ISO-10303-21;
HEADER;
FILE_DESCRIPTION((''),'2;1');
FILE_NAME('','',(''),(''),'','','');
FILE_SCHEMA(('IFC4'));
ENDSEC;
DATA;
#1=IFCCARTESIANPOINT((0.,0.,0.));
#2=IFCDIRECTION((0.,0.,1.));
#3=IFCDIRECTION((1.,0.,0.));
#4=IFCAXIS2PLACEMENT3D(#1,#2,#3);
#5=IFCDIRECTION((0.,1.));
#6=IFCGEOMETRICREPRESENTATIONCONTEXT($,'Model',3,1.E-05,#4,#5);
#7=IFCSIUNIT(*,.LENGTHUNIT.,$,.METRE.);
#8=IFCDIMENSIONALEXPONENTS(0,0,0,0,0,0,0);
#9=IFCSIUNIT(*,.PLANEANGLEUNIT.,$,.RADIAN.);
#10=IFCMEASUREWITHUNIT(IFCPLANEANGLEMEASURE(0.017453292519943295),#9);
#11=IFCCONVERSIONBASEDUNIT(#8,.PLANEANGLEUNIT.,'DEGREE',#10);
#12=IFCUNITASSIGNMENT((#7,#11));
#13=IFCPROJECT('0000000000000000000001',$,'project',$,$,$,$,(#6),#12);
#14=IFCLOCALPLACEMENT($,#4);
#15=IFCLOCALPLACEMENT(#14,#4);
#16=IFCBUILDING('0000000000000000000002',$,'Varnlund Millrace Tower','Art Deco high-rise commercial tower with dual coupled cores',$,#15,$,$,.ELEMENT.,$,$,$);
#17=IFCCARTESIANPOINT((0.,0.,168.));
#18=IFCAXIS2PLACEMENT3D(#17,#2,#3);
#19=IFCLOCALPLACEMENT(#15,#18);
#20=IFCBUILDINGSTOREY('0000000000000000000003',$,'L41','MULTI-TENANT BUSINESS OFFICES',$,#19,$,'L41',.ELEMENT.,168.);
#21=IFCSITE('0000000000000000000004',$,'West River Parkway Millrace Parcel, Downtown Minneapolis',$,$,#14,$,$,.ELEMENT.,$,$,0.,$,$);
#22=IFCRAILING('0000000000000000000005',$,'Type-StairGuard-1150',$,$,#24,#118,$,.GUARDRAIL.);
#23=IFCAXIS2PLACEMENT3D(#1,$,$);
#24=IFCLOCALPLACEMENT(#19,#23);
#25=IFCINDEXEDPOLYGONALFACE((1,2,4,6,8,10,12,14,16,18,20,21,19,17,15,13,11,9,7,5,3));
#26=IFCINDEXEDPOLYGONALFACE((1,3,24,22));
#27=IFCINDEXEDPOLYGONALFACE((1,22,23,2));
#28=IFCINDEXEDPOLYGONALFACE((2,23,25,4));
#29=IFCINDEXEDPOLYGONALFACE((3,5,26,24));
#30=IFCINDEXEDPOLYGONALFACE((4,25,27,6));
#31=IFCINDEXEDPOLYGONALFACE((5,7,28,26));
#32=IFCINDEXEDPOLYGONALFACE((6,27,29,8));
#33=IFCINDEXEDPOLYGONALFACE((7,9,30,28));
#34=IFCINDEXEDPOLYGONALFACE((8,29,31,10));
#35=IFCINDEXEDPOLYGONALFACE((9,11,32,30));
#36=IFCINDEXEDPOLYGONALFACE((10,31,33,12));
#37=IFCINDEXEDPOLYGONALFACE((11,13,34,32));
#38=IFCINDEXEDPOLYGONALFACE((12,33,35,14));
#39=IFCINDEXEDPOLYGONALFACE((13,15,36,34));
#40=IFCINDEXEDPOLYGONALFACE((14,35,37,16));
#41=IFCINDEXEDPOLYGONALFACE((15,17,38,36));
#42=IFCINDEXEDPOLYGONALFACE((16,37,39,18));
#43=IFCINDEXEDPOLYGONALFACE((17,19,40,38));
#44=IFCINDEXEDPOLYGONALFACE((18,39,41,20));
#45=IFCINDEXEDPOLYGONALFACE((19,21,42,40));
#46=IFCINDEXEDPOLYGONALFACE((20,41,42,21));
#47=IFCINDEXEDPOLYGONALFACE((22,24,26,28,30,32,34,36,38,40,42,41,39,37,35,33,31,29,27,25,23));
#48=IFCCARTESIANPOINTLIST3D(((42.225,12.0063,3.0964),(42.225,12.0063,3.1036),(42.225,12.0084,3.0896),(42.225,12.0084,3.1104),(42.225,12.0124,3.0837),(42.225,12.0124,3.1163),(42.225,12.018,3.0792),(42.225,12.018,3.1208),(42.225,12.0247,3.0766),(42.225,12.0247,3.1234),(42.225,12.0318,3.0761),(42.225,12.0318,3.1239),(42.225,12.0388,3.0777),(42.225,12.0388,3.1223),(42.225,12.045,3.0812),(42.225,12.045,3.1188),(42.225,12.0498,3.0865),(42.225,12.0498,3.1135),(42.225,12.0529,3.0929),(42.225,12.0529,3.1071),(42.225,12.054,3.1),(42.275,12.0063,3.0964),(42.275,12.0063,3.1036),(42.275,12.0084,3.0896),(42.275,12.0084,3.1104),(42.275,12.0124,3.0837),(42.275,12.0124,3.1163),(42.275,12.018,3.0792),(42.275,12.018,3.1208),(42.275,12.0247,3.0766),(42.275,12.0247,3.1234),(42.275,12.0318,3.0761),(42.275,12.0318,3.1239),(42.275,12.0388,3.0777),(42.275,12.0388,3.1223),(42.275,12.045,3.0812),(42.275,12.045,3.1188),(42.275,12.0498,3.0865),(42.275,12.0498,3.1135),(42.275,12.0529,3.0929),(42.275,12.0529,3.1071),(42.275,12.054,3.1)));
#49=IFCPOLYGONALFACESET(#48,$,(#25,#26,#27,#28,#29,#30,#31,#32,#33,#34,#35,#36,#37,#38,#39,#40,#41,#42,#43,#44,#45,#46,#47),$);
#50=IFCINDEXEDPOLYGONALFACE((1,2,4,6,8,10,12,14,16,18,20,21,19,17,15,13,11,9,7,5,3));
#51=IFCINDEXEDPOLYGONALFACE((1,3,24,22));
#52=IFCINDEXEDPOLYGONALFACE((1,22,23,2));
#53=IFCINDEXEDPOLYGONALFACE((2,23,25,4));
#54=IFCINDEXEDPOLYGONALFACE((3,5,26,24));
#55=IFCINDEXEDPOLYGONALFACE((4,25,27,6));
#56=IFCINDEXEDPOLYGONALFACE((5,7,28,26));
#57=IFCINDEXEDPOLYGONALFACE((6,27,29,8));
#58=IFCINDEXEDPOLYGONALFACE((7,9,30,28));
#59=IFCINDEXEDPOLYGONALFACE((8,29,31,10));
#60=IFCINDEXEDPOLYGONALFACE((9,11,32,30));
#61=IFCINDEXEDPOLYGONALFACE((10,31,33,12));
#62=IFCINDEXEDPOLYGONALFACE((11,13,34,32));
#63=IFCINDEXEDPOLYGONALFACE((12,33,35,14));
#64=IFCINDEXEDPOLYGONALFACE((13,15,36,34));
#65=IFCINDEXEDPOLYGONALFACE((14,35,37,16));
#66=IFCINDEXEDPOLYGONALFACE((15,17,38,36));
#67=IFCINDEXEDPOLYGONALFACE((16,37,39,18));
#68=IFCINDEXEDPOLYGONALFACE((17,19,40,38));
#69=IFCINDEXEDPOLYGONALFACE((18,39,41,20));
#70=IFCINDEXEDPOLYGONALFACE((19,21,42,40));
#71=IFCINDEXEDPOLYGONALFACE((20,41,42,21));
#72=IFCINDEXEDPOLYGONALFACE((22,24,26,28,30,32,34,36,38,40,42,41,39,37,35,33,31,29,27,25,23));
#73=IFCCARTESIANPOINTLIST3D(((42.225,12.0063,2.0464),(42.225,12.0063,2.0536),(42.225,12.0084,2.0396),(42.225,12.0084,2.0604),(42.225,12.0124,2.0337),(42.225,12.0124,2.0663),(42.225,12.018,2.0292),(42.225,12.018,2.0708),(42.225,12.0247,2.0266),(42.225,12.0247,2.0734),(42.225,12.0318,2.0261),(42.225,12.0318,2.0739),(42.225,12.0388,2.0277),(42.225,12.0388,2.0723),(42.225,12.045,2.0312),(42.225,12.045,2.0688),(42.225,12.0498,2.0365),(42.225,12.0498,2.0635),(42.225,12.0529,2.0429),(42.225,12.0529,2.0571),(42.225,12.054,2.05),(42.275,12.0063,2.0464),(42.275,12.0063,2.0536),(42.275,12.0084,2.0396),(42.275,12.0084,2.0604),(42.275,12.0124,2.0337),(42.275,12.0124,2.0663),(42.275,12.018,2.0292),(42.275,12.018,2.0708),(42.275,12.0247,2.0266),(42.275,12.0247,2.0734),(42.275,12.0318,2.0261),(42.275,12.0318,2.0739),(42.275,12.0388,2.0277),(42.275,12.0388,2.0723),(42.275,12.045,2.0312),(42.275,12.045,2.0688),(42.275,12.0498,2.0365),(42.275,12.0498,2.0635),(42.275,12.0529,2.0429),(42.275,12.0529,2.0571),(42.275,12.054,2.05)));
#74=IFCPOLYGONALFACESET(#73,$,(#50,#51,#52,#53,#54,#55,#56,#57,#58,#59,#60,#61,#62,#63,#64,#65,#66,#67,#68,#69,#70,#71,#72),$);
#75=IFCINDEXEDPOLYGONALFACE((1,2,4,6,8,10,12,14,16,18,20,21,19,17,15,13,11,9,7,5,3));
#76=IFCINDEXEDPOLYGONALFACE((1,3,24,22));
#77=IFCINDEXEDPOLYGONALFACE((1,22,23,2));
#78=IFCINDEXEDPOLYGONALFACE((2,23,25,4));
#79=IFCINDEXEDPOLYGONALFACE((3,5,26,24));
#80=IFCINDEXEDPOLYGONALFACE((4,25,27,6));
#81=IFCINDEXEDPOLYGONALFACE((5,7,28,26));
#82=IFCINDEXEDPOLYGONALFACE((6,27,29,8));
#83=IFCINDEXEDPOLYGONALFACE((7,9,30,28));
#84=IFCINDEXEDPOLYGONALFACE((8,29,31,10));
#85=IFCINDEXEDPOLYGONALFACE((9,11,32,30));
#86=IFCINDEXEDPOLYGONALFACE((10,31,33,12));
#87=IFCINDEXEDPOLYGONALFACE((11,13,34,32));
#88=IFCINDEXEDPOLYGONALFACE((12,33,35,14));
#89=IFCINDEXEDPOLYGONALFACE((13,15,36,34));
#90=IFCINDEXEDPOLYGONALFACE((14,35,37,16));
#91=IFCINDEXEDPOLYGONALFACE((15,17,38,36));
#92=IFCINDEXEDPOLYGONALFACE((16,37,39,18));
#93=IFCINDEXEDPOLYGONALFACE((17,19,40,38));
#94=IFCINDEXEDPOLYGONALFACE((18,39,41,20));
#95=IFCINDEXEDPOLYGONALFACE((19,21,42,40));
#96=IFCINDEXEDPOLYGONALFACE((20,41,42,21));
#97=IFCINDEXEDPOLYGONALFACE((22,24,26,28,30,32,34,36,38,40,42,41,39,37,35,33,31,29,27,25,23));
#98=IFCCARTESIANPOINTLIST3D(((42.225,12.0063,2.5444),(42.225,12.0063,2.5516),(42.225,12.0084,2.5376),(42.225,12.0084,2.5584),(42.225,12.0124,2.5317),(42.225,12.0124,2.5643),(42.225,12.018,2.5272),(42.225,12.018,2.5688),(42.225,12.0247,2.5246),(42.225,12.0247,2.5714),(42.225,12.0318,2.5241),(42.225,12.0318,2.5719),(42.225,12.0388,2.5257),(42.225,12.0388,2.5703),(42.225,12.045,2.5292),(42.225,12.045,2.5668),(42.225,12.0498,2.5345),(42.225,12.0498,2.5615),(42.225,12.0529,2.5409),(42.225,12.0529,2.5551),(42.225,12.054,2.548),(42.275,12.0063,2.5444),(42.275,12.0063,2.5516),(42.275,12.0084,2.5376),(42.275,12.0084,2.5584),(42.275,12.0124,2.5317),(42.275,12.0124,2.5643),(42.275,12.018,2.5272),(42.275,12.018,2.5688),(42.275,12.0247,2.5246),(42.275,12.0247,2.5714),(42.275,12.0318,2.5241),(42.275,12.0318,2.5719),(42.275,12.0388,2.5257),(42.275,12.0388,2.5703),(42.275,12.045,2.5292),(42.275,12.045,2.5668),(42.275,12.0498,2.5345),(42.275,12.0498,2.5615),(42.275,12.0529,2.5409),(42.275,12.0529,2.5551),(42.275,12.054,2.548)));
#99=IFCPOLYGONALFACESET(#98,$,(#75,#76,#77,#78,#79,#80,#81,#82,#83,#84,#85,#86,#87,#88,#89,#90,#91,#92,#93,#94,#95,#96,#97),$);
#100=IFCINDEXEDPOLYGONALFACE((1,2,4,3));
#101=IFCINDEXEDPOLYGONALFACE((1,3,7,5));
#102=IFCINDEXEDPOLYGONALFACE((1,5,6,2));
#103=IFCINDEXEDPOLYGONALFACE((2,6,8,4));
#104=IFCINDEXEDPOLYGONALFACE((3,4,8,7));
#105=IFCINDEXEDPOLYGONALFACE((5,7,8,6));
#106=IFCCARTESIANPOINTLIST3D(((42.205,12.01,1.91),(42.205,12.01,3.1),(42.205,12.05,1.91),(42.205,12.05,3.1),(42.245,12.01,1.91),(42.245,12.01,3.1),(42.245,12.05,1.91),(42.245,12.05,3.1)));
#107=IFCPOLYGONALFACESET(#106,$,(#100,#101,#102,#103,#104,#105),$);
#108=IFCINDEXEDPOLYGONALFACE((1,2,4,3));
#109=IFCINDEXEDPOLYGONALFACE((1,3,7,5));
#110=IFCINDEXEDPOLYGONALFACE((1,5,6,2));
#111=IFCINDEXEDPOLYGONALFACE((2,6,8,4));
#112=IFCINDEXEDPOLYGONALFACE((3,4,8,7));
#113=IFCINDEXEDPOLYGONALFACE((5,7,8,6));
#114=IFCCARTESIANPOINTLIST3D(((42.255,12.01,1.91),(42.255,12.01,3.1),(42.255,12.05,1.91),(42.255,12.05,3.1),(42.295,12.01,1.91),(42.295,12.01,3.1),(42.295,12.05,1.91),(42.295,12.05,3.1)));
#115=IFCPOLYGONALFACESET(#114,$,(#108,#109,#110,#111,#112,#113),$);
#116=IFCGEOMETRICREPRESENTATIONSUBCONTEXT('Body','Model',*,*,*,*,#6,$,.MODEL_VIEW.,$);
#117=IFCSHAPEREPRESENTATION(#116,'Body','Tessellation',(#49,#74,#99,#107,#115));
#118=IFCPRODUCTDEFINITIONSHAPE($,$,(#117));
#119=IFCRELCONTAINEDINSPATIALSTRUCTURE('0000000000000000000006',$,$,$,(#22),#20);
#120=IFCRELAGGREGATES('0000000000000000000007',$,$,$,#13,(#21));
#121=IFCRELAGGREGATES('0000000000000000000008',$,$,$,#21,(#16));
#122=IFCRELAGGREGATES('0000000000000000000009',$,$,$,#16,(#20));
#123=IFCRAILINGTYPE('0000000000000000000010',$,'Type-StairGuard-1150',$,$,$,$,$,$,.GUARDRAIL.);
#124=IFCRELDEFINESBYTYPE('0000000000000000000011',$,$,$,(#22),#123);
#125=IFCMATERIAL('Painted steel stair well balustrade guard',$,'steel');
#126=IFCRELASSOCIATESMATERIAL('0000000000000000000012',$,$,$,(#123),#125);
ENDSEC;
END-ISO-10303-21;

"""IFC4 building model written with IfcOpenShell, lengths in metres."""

from ifc_helpers import new_model, entity, si_unit, converted_unit, direction, frame, origin_with_axes, origin_2d_with_axis, place, context, subcontext, project, spatial, rectangle, circle, extrude, material, type_object, element, save


model = new_model("IFC4")

# Units and contexts
model_context = context("Model", 3, precision=1e-05, world=origin_with_axes(), true_north=direction((0.0, 1.0)))
body_context = subcontext(model_context, "Body", "Model", "MODEL_VIEW")
ifc_project = project(units=[si_unit("LENGTHUNIT", "METRE"), converted_unit("PLANEANGLEUNIT", "DEGREE", entity("IfcPlaneAngleMeasure", 0.017453292519943295), si_unit("PLANEANGLEUNIT", "RADIAN"), dimensions=[0, 0, 0, 0, 0, 0, 0])], contexts=[model_context])

# Site, building, storey
site_placement = place(None, origin_with_axes())
site = spatial("IfcSite", under=ifc_project, at=site_placement, Name="West River Parkway Millrace Parcel, Downtown Minneapolis", CompositionType="ELEMENT", RefElevation=0.0)
building_placement = place(site_placement, origin_with_axes())
building = spatial("IfcBuilding", under=site, at=building_placement, Name="Varnlund Millrace Tower", Description="Art Deco high-rise commercial tower with dual coupled cores", CompositionType="ELEMENT")
storey_placement = place(building_placement, frame((0.0, 0.0, 168.0), z_axis=(0.0, 0.0, 1.0), x_axis=(1.0, 0.0, 0.0)))
storey = spatial("IfcBuildingStorey", under=building, at=storey_placement, Name="L41", Description="MULTI-TENANT BUSINESS OFFICES", LongName="L41", CompositionType="ELEMENT", Elevation=168.0)

# Railing
ifc_material_1 = material(Name="Painted steel stair well balustrade guard", Category="steel")
railing_type_1 = type_object("IfcRailingType", Name="Type-StairGuard-1150", PredefinedType="GUARDRAIL", material=ifc_material_1)
railing_1_placement = place(storey_placement, frame((0.0, 0.0, -168.0), z_axis=(0.0, 0.0, 1.0), x_axis=(1.0, 0.0, 0.0)))
element("IfcRailing", 1, at=railing_1_placement, inside=storey, type_object=railing_type_1, Name="Type-StairGuard-1150", PredefinedType="GUARDRAIL", context=body_context, shape_type="SweptSolid", body=[
    extrude(circle(Radius=0.024, at=origin_2d_with_axis()), frame((42.225, 12.03, 171.1), z_axis=(1.0, 0.0, 0.0), x_axis=(0.0, 1.0, 0.0)), (0.0, 0.0, 1.0), 0.05),
    extrude(circle(Radius=0.024, at=origin_2d_with_axis()), frame((42.225, 12.03, 170.05), z_axis=(1.0, 0.0, 0.0), x_axis=(0.0, 1.0, 0.0)), (0.0, 0.0, 1.0), 0.05),
    extrude(circle(Radius=0.024, at=origin_2d_with_axis()), frame((42.225, 12.03, 170.548), z_axis=(1.0, 0.0, 0.0), x_axis=(0.0, 1.0, 0.0)), (0.0, 0.0, 1.0), 0.05),
    extrude(rectangle(XDim=0.04, YDim=0.04, at=origin_2d_with_axis()), frame((42.225, 12.03, 169.91), z_axis=(0.0, 0.0, 1.0), x_axis=(1.0, 0.0, 0.0)), (0.0, 0.0, 1.0), 1.19),
    extrude(rectangle(XDim=0.04, YDim=0.04, at=origin_2d_with_axis()), frame((42.275, 12.03, 169.91), z_axis=(0.0, 0.0, 1.0), x_axis=(1.0, 0.0, 0.0)), (0.0, 0.0, 1.0), 1.19),
])

save(model, "model.ifc")
